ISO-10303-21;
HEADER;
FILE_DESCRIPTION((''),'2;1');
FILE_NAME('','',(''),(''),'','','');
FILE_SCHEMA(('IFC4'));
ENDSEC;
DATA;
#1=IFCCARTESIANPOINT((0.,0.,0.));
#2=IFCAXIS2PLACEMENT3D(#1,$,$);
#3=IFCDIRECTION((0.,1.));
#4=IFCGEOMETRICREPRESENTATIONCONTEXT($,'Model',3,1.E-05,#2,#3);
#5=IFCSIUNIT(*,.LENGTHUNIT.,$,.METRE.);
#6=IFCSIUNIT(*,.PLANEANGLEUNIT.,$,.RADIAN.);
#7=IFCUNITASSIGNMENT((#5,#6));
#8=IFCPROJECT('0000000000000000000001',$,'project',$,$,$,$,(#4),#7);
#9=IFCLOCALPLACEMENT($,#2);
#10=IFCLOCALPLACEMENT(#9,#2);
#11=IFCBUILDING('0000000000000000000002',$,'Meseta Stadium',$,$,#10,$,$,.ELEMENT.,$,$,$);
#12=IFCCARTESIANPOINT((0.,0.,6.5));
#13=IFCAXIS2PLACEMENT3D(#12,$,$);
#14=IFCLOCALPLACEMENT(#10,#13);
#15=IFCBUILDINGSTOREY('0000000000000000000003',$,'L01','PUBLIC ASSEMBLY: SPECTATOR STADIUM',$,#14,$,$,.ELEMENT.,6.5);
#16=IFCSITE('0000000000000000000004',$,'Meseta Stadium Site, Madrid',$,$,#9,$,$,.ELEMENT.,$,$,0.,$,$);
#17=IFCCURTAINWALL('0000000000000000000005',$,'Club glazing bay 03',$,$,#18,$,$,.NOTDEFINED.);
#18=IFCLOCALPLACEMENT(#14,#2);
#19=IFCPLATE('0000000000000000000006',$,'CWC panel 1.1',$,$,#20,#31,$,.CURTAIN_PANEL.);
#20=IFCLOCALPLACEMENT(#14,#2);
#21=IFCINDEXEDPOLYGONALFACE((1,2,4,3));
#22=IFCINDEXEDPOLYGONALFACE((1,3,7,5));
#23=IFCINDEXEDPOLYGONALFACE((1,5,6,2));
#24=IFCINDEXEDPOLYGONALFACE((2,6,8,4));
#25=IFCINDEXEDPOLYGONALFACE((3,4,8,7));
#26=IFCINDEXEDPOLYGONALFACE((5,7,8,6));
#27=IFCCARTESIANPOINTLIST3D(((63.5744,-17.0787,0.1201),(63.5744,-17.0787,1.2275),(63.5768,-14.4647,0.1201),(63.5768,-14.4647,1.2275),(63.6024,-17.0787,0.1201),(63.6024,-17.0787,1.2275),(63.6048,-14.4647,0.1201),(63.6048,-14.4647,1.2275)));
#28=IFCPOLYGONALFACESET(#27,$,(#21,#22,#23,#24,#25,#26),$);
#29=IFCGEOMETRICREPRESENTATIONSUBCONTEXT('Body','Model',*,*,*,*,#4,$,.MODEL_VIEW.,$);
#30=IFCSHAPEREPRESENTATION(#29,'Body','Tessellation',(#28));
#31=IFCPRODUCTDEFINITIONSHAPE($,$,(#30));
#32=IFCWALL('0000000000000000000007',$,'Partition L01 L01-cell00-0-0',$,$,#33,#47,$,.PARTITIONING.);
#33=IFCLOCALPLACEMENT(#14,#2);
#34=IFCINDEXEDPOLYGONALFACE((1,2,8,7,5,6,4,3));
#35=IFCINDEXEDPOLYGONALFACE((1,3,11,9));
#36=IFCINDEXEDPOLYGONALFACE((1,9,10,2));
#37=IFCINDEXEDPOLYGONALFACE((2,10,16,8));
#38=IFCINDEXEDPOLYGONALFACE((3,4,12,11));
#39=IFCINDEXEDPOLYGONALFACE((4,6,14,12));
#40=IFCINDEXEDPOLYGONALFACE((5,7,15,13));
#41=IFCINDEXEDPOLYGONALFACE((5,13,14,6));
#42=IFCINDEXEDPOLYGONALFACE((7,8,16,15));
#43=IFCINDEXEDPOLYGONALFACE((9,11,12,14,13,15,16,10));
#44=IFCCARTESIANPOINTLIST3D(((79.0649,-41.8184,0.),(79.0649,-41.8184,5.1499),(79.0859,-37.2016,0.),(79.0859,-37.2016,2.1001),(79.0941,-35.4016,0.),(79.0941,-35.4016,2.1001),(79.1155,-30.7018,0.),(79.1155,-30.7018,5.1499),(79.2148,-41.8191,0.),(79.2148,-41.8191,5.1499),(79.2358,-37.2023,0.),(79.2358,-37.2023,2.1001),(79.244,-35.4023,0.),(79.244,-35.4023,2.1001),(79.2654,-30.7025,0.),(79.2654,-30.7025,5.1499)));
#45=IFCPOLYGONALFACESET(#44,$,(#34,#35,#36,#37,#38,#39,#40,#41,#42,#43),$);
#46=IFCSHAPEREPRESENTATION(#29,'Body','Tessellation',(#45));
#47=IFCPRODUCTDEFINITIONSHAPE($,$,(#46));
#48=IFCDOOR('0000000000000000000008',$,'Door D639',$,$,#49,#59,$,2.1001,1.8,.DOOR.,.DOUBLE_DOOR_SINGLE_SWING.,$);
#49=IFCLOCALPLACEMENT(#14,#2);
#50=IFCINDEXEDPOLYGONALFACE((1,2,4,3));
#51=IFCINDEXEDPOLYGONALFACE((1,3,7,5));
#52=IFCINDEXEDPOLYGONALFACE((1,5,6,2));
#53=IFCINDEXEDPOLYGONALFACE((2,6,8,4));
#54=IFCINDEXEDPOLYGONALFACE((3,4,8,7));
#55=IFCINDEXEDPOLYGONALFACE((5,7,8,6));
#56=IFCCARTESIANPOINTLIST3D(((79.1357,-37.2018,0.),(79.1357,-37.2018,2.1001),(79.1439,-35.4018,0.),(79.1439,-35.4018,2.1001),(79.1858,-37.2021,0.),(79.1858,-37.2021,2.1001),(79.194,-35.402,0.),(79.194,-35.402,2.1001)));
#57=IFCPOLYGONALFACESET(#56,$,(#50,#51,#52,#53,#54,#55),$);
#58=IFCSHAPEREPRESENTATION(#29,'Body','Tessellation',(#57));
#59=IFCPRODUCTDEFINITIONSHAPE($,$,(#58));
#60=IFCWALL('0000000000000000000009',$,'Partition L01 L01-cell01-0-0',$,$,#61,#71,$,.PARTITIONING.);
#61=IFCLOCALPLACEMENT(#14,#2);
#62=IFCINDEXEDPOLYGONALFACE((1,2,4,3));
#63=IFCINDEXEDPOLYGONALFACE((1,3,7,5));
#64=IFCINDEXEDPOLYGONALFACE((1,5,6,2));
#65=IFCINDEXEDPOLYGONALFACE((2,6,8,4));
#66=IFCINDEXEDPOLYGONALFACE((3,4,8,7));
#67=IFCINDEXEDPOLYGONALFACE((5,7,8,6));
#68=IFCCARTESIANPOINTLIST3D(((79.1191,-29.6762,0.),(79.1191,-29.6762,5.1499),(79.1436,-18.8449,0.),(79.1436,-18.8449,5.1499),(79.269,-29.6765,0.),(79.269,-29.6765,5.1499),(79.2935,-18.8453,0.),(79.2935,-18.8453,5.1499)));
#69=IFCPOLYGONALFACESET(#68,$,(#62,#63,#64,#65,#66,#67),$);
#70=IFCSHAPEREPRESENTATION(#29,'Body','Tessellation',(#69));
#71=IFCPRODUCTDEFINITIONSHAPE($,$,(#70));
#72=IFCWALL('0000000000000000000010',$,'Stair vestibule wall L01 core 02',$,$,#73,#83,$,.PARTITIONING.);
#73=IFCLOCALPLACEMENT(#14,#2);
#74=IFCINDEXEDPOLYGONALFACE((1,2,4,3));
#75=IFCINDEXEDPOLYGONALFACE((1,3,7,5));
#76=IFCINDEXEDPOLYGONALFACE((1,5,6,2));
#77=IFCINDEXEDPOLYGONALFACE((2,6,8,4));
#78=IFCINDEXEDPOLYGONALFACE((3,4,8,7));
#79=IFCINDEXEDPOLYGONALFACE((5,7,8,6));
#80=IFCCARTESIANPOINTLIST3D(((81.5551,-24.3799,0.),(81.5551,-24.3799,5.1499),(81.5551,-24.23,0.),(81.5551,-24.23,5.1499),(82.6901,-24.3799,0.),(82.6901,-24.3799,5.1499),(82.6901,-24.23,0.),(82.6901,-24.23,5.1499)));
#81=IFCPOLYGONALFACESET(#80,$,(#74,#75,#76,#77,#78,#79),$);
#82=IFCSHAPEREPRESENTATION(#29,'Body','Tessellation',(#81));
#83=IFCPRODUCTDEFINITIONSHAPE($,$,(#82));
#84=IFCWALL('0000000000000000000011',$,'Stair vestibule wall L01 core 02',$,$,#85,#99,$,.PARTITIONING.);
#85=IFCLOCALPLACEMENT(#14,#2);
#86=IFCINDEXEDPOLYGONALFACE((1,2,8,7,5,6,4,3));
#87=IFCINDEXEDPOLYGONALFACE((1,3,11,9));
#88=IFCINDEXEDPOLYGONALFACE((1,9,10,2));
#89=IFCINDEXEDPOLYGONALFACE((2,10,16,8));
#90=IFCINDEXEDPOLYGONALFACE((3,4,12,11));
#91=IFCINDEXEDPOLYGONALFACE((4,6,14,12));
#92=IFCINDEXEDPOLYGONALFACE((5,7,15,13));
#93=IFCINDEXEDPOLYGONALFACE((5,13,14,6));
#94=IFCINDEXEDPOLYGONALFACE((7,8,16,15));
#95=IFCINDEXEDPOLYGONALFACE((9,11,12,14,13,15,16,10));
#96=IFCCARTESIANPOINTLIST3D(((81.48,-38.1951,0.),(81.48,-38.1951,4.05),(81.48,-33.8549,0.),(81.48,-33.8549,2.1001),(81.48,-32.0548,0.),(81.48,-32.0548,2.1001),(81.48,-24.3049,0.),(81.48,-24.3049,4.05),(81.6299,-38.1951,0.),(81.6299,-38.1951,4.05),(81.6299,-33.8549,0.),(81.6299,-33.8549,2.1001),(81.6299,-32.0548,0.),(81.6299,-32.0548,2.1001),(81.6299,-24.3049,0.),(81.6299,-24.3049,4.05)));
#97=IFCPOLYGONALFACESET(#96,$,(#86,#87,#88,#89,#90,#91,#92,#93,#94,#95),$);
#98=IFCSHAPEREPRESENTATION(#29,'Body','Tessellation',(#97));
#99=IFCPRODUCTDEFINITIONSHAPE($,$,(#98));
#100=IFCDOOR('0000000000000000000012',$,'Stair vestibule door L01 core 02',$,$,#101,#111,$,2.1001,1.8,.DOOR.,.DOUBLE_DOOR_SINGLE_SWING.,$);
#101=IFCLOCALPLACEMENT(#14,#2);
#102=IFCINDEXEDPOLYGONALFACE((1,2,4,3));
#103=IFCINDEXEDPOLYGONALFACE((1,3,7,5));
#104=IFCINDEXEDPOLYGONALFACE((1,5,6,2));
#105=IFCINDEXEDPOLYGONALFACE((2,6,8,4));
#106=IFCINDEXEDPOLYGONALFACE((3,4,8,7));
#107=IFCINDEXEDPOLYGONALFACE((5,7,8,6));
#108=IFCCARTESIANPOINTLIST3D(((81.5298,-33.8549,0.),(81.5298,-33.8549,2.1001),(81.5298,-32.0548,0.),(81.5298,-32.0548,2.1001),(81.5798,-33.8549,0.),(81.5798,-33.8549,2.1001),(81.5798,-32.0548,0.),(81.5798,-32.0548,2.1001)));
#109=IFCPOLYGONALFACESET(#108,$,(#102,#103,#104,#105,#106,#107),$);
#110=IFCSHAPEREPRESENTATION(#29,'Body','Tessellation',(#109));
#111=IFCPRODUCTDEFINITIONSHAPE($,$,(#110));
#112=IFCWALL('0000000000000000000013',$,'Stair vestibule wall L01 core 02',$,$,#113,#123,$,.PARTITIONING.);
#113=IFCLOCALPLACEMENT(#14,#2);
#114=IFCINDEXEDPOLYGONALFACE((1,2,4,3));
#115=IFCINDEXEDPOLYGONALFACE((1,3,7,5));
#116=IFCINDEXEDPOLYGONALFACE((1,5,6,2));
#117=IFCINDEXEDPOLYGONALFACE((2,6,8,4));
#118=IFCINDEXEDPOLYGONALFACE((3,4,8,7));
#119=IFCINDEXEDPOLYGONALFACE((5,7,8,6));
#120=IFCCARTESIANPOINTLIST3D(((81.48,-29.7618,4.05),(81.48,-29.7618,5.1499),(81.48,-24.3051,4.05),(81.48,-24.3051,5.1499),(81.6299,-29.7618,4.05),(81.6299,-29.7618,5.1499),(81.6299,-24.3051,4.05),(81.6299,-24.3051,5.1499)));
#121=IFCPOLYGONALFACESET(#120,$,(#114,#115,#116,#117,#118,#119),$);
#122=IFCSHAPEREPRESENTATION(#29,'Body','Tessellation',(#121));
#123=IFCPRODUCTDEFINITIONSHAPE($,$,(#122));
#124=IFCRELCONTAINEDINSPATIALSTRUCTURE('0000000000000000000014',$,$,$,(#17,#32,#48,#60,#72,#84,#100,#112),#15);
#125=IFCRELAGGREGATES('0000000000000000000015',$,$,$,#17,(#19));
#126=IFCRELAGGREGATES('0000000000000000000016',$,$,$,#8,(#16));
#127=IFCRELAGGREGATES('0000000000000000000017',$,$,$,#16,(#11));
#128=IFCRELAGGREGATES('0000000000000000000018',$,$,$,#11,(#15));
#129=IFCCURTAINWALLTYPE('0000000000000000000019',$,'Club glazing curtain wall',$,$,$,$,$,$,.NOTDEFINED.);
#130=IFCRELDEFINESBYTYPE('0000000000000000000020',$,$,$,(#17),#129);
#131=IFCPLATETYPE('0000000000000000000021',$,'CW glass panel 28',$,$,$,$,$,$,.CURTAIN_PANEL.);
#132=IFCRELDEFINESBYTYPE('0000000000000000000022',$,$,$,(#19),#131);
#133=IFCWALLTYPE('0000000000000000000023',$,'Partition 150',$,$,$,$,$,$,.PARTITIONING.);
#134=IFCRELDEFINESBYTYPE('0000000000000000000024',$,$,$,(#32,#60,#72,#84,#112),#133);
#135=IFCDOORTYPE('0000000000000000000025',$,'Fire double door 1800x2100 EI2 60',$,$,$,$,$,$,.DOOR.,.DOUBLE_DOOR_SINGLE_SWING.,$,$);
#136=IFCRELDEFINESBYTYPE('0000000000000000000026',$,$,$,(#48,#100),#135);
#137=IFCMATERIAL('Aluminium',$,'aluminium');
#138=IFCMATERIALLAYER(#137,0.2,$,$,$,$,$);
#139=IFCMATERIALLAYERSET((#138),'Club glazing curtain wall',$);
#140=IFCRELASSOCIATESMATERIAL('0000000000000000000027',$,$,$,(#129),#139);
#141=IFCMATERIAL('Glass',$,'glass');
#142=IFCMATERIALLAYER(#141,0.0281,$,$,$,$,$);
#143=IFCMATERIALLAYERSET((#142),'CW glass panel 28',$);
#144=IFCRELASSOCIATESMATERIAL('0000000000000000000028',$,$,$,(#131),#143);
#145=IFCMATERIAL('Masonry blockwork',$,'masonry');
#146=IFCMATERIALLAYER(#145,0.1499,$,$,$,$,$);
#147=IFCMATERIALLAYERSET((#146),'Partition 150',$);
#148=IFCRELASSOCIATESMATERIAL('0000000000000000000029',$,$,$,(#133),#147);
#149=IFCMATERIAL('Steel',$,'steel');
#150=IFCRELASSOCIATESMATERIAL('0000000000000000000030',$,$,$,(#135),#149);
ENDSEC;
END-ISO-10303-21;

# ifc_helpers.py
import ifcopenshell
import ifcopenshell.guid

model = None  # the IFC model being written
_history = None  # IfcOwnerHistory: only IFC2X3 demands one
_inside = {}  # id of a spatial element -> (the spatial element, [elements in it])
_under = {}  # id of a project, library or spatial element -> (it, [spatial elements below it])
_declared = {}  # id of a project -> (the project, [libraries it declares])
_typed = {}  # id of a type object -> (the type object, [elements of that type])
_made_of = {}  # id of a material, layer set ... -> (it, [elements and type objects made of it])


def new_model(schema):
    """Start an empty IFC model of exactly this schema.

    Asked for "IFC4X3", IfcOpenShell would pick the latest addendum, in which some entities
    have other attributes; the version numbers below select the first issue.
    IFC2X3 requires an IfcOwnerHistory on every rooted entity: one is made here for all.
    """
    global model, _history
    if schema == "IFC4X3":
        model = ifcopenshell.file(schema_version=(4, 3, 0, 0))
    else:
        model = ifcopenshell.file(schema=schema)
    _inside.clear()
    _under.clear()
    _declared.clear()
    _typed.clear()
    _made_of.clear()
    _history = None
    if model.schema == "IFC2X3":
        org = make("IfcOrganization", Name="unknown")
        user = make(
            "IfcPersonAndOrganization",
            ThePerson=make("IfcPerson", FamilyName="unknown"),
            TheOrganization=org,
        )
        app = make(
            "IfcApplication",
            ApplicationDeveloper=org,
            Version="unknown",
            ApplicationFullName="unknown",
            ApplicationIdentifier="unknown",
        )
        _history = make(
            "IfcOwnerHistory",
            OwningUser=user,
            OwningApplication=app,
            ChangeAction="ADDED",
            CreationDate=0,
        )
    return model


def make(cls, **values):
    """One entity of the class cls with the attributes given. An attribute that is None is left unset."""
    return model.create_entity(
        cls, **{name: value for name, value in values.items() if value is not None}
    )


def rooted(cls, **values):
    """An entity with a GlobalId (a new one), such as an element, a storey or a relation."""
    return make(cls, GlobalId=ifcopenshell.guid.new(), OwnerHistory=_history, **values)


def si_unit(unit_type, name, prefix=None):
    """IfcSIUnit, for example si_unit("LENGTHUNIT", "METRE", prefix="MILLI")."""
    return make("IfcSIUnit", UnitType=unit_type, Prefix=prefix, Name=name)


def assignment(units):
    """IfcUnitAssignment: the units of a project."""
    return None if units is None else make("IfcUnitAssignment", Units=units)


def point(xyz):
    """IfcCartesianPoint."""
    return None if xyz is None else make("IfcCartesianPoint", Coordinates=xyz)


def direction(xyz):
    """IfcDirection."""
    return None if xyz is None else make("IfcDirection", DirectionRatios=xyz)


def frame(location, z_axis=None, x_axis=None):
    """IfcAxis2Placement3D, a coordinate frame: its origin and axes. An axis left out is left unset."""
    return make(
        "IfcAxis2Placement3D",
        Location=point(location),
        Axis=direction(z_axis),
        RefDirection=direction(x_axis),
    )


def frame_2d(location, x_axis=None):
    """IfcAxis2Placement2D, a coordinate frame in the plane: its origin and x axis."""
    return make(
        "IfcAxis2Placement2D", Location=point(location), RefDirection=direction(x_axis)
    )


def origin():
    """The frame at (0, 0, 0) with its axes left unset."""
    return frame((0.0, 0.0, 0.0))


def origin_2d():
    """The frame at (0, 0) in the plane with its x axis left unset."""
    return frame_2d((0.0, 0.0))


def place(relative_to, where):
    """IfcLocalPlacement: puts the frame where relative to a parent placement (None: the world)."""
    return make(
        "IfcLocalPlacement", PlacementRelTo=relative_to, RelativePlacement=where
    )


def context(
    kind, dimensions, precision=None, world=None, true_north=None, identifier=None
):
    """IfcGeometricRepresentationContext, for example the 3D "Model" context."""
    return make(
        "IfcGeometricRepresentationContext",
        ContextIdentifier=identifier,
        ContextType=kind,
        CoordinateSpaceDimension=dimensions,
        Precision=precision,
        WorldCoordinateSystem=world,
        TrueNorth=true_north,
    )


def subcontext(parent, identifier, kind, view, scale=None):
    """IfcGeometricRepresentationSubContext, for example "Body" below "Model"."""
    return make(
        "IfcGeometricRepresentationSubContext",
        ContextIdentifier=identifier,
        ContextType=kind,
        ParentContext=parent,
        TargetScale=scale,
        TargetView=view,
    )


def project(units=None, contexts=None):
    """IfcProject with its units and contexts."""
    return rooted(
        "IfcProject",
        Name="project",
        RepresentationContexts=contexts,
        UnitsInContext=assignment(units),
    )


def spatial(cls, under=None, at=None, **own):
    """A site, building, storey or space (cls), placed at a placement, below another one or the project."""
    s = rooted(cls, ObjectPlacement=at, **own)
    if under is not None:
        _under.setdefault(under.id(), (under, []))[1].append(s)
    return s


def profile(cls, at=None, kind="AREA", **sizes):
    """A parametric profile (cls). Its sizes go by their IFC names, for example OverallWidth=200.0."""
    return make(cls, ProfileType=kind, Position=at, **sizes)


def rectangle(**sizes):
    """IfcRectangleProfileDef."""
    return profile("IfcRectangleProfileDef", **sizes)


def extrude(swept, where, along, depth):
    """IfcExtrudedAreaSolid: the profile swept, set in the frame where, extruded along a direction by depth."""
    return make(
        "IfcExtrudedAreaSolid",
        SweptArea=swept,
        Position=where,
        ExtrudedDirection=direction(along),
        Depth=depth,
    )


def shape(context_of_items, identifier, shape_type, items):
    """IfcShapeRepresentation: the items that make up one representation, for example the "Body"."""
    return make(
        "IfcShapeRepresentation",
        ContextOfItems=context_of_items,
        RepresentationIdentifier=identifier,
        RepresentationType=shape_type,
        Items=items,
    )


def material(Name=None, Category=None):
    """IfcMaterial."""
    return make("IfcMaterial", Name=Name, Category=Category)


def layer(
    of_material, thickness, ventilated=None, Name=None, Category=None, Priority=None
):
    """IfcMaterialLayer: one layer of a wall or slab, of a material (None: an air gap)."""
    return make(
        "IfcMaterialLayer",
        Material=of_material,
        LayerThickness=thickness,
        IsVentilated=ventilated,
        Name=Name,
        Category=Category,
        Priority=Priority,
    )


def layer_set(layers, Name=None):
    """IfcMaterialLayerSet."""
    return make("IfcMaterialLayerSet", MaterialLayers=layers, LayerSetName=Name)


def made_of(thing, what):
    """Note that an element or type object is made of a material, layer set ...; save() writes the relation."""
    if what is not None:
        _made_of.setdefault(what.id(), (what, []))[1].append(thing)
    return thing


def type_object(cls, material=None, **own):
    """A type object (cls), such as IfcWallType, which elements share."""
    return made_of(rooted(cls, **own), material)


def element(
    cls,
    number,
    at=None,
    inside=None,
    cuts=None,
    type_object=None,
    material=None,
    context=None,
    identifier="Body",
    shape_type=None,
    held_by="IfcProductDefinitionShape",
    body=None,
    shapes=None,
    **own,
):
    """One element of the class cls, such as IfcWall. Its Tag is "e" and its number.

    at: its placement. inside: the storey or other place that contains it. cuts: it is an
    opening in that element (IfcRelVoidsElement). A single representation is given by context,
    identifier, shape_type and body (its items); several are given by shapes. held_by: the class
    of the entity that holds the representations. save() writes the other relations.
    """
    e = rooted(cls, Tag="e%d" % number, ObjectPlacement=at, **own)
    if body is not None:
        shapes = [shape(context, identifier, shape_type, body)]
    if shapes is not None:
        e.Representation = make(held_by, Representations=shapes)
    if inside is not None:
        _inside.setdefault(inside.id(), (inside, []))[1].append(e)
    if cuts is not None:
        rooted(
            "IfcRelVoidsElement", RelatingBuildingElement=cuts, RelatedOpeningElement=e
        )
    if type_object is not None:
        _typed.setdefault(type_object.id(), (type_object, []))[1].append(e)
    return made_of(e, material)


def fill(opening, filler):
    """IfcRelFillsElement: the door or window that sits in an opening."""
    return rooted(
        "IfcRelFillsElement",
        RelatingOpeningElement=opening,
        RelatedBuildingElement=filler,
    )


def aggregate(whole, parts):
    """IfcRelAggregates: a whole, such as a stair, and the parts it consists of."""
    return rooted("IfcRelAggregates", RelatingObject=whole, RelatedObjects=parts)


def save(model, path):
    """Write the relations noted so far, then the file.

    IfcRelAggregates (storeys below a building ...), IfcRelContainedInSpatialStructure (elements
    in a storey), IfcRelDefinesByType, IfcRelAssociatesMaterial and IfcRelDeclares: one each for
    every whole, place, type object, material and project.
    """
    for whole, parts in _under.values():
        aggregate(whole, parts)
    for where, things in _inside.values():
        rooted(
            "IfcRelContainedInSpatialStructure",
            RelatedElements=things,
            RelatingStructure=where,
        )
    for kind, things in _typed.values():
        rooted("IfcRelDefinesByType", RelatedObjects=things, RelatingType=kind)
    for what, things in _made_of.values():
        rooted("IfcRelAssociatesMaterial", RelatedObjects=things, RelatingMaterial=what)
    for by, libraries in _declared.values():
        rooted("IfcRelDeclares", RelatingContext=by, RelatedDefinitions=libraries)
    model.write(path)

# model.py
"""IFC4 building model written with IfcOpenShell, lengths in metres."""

from ifc_helpers import new_model, si_unit, direction, frame, frame_2d, origin, origin_2d, place, context, subcontext, project, spatial, rectangle, extrude, material, layer, layer_set, type_object, element, fill, aggregate, save


model = new_model("IFC4")

# Units and contexts
model_context = context("Model", 3, precision=1e-05, world=origin(), true_north=direction((0.0, 1.0)))
body_context = subcontext(model_context, "Body", "Model", "MODEL_VIEW")
ifc_project = project(units=[si_unit("LENGTHUNIT", "METRE"), si_unit("PLANEANGLEUNIT", "RADIAN")], contexts=[model_context])

# Site, building, storey
site_placement = place(None, origin())
site = spatial("IfcSite", under=ifc_project, at=site_placement, Name="Meseta Stadium Site, Madrid", CompositionType="ELEMENT", RefElevation=0.0)
building_placement = place(site_placement, origin())
building = spatial("IfcBuilding", under=site, at=building_placement, Name="Meseta Stadium", CompositionType="ELEMENT")
storey_placement = place(building_placement, frame((0.0, 0.0, 6.5)))
storey = spatial("IfcBuildingStorey", under=building, at=storey_placement, Name="L01", Description="PUBLIC ASSEMBLY: SPECTATOR STADIUM", CompositionType="ELEMENT", Elevation=6.5)

# Curtain wall
ifc_material_1 = material(Name="Aluminium", Category="aluminium")
ifc_layer_1 = layer(ifc_material_1, 0.2)
ifc_layer_set_1 = layer_set([ifc_layer_1], Name="Club glazing curtain wall")
curtain_wall_type = type_object("IfcCurtainWallType", Name="Club glazing curtain wall", PredefinedType="NOTDEFINED", material=ifc_layer_set_1)
curtain_wall_1_placement = place(storey_placement, origin())
curtain_wall_1 = element("IfcCurtainWall", 1, at=curtain_wall_1_placement, inside=storey, type_object=curtain_wall_type, Name="Club glazing bay 03", PredefinedType="NOTDEFINED")

# Plate
ifc_material_2 = material(Name="Glass", Category="glass")
ifc_layer_2 = layer(ifc_material_2, 0.0281)
ifc_layer_set_2 = layer_set([ifc_layer_2], Name="CW glass panel 28")
plate_type = type_object("IfcPlateType", Name="CW glass panel 28", PredefinedType="CURTAIN_PANEL", material=ifc_layer_set_2)
plate_1_placement = place(storey_placement, frame((63.5896, -15.7717, 0.1201), z_axis=(0.0, 0.0, 1.0), x_axis=(0.000925, 1.0, 0.0)))
plate_1 = element("IfcPlate", 2, at=plate_1_placement, type_object=plate_type, Name="CWC panel 1.1", PredefinedType="CURTAIN_PANEL", context=body_context, shape_type="SweptSolid", body=[
    extrude(rectangle(XDim=2.614, YDim=0.0281, at=origin_2d()), origin(), (0.0, 0.0, 1.0), 1.1074),
])
aggregate(curtain_wall_1, [plate_1])

# Wall, opening, door
ifc_material_3 = material(Name="Masonry blockwork", Category="masonry")
ifc_layer_3 = layer(ifc_material_3, 0.1499)
ifc_layer_set_3 = layer_set([ifc_layer_3], Name="Partition 150")
wall_type = type_object("IfcWallType", Name="Partition 150", PredefinedType="PARTITIONING", material=ifc_layer_set_3)
wall_1_placement = place(storey_placement, frame((79.1904, -30.7021, 0.0), z_axis=(0.0, 0.0, 1.0), x_axis=(-0.004546, -0.99999, 0.0)))
wall_1 = element("IfcWall", 3, at=wall_1_placement, inside=storey, type_object=wall_type, Name="Partition L01 L01-cell00-0-0", PredefinedType="PARTITIONING", context=body_context, shape_type="SweptSolid", body=[
    extrude(rectangle(XDim=11.1167, YDim=0.1499, at=frame_2d((5.5583, 0.0))), origin(), (0.0, 0.0, 1.0), 5.1499),
])
opening_1_placement = place(wall_1_placement, frame((4.7, 0.0, 0.0)))
opening_1 = element("IfcOpeningElement", 4, at=opening_1_placement, cuts=wall_1, PredefinedType="OPENING", context=body_context, shape_type="SweptSolid", body=[
    extrude(rectangle(XDim=1.8, YDim=2.1001, at=frame_2d((0.8999, 1.05))), frame((0.0, 0.085, 0.0), z_axis=(0.0, -1.0, 0.0), x_axis=(1.0, 0.0, 0.0)), (0.0, 0.0, 1.0), 0.1699),
])
ifc_material_4 = material(Name="Steel", Category="steel")
door_type = type_object("IfcDoorType", Name="Fire double door 1800x2100 EI2 60", OperationType="DOUBLE_DOOR_SINGLE_SWING", PredefinedType="DOOR", material=ifc_material_4)
door_1_placement = place(opening_1_placement, origin())
door_1 = element("IfcDoor", 5, at=door_1_placement, inside=storey, type_object=door_type, Name="Door D639", OperationType="DOUBLE_DOOR_SINGLE_SWING", OverallHeight=2.1001, OverallWidth=1.8, PredefinedType="DOOR", context=body_context, shape_type="SweptSolid", body=[
    extrude(rectangle(XDim=1.8, YDim=2.1001, at=frame_2d((0.8999, 1.05))), frame((0.0, 0.0249, 0.0), z_axis=(0.0, -1.0, 0.0), x_axis=(1.0, 0.0, 0.0)), (0.0, 0.0, 1.0), 0.05),
])
fill(opening_1, door_1)

# Walls
wall_2_placement = place(storey_placement, frame((79.2185, -18.8452, 0.0), z_axis=(0.0, 0.0, 1.0), x_axis=(-0.002254, -0.999997, 0.0)))
element("IfcWall", 6, at=wall_2_placement, inside=storey, type_object=wall_type, Name="Partition L01 L01-cell01-0-0", PredefinedType="PARTITIONING", context=body_context, shape_type="SweptSolid", body=[
    extrude(rectangle(XDim=10.8313, YDim=0.1499, at=frame_2d((5.4155, 0.0))), origin(), (0.0, 0.0, 1.0), 5.1499),
])
wall_3_placement = place(storey_placement, frame((82.6899, -24.3049, 0.0), z_axis=(0.0, 0.0, 1.0), x_axis=(-1.0, 0.0, 0.0)))
element("IfcWall", 7, at=wall_3_placement, inside=storey, type_object=wall_type, Name="Stair vestibule wall L01 core 02", PredefinedType="PARTITIONING", context=body_context, shape_type="SweptSolid", body=[
    extrude(rectangle(XDim=1.135, YDim=0.1499, at=frame_2d((0.5674, 0.0))), origin(), (0.0, 0.0, 1.0), 5.1499),
])

# Wall, opening, door
wall_4_placement = place(storey_placement, frame((81.5549, -24.3049, 0.0), z_axis=(0.0, 0.0, 1.0), x_axis=(0.0, -1.0, 0.0)))
wall_4 = element("IfcWall", 8, at=wall_4_placement, inside=storey, type_object=wall_type, Name="Stair vestibule wall L01 core 02", PredefinedType="PARTITIONING", context=body_context, shape_type="SweptSolid", body=[
    extrude(rectangle(XDim=13.8901, YDim=0.1499, at=frame_2d((6.9451, 0.0))), origin(), (0.0, 0.0, 1.0), 4.05),
])
opening_2_placement = place(wall_4_placement, frame((7.75, 0.0, 0.0)))
opening_2 = element("IfcOpeningElement", 9, at=opening_2_placement, cuts=wall_4, PredefinedType="OPENING", context=body_context, shape_type="SweptSolid", body=[
    extrude(rectangle(XDim=1.8, YDim=2.1001, at=frame_2d((0.8999, 1.05))), frame((0.0, 0.085, 0.0), z_axis=(0.0, -1.0, 0.0), x_axis=(1.0, 0.0, 0.0)), (0.0, 0.0, 1.0), 0.1699),
])
door_2_placement = place(opening_2_placement, origin())
door_2 = element("IfcDoor", 10, at=door_2_placement, inside=storey, type_object=door_type, Name="Stair vestibule door L01 core 02", OperationType="DOUBLE_DOOR_SINGLE_SWING", OverallHeight=2.1001, OverallWidth=1.8, PredefinedType="DOOR", context=body_context, shape_type="SweptSolid", body=[
    extrude(rectangle(XDim=1.8, YDim=2.1001, at=frame_2d((0.8999, 1.05))), frame((0.0, 0.0249, 0.0), z_axis=(0.0, -1.0, 0.0), x_axis=(1.0, 0.0, 0.0)), (0.0, 0.0, 1.0), 0.05),
])
fill(opening_2, door_2)

# Wall
wall_5_placement = place(storey_placement, frame((81.5549, -24.3049, 4.05), z_axis=(0.0, 0.0, 1.0), x_axis=(0.0, -1.0, 0.0)))
element("IfcWall", 11, at=wall_5_placement, inside=storey, type_object=wall_type, Name="Stair vestibule wall L01 core 02", PredefinedType="PARTITIONING", context=body_context, shape_type="SweptSolid", body=[
    extrude(rectangle(XDim=5.4568, YDim=0.1499, at=frame_2d((2.7285, 0.0))), origin(), (0.0, 0.0, 1.0), 1.0999),
])

save(model, "model.ifc")
